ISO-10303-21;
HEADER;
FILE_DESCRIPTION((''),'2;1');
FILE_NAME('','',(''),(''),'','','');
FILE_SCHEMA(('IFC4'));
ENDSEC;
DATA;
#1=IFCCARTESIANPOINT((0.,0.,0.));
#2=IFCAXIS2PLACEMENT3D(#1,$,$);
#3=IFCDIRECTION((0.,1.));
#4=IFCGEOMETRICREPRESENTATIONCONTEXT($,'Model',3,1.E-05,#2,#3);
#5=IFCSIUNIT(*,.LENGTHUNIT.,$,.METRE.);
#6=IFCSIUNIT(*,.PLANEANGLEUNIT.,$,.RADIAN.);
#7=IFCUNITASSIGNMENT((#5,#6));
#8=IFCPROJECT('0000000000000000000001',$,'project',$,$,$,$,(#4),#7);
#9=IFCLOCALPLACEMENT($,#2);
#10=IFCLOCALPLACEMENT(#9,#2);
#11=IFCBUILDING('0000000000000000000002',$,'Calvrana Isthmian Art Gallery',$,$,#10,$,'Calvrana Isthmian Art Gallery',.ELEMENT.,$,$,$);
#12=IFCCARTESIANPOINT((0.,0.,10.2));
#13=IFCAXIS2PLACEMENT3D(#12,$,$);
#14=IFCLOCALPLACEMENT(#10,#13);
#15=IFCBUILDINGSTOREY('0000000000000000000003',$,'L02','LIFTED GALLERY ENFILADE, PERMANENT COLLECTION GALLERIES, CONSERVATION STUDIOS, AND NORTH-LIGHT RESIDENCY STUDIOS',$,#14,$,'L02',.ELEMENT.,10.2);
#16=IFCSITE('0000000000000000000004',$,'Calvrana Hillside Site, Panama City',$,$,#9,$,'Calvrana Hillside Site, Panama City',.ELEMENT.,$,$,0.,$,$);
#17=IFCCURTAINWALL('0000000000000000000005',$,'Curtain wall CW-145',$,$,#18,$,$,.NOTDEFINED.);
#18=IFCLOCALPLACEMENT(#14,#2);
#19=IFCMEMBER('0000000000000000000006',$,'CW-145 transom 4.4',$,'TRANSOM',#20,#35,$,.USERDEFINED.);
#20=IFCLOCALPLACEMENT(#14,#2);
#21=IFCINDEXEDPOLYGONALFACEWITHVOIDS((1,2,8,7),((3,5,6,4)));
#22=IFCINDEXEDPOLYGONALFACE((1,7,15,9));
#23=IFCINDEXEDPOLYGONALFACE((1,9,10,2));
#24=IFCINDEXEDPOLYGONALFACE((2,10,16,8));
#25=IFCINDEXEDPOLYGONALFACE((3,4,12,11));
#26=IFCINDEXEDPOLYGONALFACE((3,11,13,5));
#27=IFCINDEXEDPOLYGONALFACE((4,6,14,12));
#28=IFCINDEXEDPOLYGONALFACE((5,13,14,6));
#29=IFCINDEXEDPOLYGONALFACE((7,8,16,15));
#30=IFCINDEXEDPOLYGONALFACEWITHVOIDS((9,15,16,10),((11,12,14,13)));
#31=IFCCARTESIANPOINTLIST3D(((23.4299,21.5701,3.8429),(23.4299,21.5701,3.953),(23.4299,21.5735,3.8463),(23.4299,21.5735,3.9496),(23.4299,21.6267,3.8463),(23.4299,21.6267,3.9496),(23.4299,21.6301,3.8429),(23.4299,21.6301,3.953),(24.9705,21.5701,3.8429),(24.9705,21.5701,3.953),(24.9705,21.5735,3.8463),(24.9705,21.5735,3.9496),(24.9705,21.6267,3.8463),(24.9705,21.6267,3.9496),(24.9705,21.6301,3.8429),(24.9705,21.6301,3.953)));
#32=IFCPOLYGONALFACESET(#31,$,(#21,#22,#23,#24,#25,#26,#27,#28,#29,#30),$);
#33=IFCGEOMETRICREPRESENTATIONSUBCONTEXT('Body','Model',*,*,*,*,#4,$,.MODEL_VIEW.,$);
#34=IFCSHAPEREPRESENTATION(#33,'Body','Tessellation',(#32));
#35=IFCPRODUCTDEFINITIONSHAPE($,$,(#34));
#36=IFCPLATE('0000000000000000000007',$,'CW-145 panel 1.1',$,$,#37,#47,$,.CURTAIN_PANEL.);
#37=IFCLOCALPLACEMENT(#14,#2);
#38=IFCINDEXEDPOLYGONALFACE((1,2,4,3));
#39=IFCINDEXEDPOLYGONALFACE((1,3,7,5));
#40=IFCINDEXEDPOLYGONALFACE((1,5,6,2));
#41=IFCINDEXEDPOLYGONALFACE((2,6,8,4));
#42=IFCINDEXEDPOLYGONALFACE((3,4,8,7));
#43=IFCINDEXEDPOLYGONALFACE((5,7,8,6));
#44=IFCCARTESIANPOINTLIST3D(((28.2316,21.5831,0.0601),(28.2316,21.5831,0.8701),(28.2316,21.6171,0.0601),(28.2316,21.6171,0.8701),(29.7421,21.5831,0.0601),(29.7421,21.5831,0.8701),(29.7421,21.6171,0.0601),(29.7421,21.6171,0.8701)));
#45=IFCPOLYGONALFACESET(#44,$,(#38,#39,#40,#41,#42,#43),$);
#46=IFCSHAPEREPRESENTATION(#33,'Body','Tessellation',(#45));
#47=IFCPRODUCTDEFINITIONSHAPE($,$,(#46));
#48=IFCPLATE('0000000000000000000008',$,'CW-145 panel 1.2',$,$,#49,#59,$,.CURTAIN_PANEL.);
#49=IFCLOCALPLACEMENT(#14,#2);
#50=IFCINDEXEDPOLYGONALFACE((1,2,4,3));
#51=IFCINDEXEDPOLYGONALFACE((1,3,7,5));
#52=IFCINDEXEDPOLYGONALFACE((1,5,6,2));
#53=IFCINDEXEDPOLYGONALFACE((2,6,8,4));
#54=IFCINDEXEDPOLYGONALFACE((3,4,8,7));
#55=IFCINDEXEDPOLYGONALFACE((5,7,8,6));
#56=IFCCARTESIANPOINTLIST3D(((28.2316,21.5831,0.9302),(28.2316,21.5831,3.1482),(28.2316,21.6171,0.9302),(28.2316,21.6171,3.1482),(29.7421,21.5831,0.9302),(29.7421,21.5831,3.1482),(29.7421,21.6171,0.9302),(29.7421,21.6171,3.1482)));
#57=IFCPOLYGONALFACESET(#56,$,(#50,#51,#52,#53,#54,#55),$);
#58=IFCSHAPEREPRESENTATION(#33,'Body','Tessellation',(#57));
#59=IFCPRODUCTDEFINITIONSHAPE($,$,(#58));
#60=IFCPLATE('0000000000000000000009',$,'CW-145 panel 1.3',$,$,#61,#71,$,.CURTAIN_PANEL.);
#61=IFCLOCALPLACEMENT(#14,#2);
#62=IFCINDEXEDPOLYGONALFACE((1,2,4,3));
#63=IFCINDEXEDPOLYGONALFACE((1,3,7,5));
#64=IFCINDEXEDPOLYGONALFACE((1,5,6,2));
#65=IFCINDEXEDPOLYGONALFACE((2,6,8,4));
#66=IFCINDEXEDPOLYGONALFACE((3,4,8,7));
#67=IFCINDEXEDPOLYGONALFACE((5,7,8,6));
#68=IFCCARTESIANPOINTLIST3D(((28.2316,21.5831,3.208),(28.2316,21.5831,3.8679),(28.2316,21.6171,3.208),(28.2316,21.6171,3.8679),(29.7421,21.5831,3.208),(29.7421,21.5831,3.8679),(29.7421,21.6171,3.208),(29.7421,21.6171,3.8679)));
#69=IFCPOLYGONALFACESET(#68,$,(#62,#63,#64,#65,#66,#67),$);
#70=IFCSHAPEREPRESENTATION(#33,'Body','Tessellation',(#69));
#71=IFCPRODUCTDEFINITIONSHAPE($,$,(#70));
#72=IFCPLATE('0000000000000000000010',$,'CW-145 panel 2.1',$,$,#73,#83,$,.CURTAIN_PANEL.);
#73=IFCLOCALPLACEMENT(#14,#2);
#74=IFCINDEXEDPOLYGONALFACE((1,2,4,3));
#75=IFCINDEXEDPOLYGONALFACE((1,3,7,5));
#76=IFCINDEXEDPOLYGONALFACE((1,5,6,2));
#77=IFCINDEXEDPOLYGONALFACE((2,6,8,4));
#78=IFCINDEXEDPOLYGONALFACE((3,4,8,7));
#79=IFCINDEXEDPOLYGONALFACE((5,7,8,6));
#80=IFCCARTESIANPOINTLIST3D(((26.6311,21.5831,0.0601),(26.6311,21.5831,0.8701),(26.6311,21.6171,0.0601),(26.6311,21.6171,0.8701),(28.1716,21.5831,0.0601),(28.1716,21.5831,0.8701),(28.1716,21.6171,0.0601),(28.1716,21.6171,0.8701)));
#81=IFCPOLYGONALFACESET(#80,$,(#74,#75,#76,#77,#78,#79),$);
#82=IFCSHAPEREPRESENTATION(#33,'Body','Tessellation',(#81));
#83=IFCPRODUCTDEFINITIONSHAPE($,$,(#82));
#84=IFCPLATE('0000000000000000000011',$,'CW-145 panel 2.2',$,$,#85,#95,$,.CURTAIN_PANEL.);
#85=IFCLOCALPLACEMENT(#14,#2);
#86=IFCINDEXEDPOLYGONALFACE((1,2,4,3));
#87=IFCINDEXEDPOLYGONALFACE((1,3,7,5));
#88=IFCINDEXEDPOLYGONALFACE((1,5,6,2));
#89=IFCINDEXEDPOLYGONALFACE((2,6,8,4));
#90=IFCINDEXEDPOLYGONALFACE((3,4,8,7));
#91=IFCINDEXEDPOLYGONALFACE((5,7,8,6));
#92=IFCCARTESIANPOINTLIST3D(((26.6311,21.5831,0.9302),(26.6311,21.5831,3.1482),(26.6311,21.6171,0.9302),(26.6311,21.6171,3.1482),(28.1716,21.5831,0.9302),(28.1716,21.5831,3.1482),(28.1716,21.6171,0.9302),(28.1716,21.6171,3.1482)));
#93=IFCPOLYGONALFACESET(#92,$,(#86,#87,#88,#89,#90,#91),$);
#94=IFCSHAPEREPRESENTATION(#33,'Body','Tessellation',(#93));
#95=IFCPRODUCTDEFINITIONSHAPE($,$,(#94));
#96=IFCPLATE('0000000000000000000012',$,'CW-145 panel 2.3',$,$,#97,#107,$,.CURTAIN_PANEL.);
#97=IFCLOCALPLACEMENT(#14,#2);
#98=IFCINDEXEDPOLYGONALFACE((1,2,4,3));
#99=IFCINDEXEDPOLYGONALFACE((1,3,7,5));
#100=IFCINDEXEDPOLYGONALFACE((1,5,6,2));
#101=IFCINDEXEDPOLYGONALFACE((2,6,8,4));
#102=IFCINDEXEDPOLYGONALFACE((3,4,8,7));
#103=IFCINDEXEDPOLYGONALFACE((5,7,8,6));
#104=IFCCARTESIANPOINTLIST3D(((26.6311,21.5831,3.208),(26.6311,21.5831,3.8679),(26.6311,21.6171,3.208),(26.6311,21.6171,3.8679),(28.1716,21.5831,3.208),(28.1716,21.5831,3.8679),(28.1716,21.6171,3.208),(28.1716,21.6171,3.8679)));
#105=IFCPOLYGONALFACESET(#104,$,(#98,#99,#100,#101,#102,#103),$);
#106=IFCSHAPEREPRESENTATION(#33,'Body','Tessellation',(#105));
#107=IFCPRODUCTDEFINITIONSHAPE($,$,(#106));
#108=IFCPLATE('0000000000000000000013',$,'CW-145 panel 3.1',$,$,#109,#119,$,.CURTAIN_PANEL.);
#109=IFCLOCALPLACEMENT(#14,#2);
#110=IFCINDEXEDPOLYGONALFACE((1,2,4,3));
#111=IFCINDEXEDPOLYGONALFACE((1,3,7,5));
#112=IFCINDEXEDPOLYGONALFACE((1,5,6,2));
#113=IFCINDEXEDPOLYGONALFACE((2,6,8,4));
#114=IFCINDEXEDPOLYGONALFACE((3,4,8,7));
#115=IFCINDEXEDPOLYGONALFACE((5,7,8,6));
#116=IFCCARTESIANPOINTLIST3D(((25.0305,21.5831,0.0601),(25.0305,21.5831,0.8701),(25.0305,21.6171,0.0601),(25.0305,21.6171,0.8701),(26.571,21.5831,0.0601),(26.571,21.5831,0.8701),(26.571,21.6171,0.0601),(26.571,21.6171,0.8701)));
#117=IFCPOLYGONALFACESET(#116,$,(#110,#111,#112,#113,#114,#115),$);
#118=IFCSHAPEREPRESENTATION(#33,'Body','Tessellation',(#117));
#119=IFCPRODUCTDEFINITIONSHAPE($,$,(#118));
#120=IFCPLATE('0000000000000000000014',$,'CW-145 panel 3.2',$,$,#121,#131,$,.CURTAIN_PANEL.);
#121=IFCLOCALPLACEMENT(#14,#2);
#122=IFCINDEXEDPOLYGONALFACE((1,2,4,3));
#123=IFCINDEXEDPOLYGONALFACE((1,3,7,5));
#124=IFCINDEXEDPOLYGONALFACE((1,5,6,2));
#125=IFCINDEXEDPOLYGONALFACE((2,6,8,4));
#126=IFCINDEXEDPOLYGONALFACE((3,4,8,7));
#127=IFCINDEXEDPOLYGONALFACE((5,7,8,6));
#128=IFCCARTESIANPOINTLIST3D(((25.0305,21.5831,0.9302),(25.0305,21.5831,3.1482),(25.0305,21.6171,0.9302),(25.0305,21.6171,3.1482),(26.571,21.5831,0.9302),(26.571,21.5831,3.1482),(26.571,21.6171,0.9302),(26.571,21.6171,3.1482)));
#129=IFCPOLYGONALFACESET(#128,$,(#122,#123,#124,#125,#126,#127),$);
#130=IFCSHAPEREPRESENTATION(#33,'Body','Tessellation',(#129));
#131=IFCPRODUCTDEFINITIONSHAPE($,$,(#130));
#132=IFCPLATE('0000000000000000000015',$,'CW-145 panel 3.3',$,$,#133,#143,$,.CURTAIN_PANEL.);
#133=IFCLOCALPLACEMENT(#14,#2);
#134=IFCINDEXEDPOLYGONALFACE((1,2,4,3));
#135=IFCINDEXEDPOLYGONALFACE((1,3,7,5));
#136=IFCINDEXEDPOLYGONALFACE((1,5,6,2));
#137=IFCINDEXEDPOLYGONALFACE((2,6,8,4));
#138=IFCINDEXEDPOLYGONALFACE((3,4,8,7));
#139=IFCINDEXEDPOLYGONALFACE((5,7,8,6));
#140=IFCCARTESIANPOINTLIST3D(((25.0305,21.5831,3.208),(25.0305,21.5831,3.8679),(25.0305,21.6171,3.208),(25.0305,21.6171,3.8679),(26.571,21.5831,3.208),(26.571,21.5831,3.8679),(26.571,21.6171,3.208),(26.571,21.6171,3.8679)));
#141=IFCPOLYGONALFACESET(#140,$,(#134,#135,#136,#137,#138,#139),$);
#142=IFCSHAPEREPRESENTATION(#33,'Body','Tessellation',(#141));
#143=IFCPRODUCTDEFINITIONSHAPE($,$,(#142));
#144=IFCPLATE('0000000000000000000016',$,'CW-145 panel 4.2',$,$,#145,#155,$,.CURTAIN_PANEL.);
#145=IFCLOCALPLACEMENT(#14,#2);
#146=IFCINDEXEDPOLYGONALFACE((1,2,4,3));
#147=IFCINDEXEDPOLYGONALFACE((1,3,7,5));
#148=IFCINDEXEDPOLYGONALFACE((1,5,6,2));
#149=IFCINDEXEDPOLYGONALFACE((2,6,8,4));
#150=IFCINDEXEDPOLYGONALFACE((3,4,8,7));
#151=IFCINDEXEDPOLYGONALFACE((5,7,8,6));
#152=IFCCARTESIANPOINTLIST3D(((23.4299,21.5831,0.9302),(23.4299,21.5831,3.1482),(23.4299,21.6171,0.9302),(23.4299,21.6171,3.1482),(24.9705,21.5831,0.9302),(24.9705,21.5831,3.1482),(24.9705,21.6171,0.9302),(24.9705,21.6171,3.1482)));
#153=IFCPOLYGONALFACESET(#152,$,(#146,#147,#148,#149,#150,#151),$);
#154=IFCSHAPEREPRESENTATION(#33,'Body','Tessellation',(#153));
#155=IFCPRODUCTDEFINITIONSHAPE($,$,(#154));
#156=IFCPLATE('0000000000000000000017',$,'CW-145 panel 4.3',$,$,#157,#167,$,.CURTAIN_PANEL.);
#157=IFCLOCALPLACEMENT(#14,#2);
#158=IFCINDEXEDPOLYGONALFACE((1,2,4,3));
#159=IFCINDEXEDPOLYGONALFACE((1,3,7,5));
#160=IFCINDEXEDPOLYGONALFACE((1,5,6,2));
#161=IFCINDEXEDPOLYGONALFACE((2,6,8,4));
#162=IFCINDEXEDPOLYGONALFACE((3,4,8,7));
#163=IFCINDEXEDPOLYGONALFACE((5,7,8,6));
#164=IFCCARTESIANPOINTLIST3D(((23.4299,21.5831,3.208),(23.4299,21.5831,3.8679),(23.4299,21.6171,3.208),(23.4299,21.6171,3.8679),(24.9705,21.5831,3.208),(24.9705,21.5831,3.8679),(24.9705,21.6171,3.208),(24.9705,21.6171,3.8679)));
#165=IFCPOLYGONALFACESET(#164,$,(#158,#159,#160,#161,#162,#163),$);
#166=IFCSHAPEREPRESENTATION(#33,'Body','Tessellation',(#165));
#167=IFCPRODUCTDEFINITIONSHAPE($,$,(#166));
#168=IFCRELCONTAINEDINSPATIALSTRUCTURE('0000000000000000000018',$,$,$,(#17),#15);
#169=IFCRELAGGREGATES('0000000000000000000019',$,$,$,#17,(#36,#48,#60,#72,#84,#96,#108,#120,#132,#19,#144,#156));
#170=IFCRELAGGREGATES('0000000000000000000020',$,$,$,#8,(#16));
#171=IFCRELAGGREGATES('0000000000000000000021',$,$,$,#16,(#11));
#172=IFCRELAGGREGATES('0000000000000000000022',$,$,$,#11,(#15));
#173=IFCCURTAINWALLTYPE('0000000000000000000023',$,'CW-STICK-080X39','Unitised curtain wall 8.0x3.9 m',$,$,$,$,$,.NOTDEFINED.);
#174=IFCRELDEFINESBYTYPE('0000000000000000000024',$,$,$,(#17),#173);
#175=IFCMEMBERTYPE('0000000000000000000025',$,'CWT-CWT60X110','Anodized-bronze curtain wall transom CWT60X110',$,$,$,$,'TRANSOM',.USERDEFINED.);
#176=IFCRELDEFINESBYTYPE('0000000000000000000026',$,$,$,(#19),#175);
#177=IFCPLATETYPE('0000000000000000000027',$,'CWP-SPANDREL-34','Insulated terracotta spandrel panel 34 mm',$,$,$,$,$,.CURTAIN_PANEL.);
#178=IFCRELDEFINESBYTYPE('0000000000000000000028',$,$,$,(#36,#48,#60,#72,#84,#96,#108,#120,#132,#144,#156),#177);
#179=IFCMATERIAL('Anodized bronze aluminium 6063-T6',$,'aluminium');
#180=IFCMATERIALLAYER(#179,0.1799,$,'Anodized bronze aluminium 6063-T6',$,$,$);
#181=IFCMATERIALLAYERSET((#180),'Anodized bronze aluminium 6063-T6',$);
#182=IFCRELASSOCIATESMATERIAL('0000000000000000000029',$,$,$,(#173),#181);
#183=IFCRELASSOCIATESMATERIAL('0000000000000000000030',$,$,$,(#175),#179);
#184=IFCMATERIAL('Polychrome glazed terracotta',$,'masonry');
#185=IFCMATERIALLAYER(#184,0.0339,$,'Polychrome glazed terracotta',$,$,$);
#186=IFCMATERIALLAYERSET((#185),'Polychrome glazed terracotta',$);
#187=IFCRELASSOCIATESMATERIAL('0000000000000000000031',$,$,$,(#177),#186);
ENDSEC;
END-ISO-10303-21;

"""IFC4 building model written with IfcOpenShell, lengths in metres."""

from ifc_helpers import new_model, si_unit, direction, frame, origin, origin_2d, place, context, subcontext, project, spatial, rectangle, hollow_rectangle, extrude, material, layer, layer_set, material_profile, profile_set, type_object, element, aggregate, save


model = new_model("IFC4")

# Units and contexts
model_context = context("Model", 3, precision=1e-05, world=origin(), true_north=direction((0.0, 1.0)))
body_context = subcontext(model_context, "Body", "Model", "MODEL_VIEW")
ifc_project = project(units=[si_unit("LENGTHUNIT", "METRE"), si_unit("PLANEANGLEUNIT", "RADIAN")], contexts=[model_context])

# Site, building, storey
site_placement = place(None, origin())
site = spatial("IfcSite", under=ifc_project, at=site_placement, Name="Calvrana Hillside Site, Panama City", LongName="Calvrana Hillside Site, Panama City", CompositionType="ELEMENT", RefElevation=0.0)
building_placement = place(site_placement, origin())
building = spatial("IfcBuilding", under=site, at=building_placement, Name="Calvrana Isthmian Art Gallery", LongName="Calvrana Isthmian Art Gallery", CompositionType="ELEMENT")
storey_placement = place(building_placement, frame((0.0, 0.0, 10.2)))
storey = spatial("IfcBuildingStorey", under=building, at=storey_placement, Name="L02", Description="LIFTED GALLERY ENFILADE, PERMANENT COLLECTION GALLERIES, CONSERVATION STUDIOS, AND NORTH-LIGHT RESIDENCY STUDIOS", LongName="L02", CompositionType="ELEMENT", Elevation=10.2)

# Curtain wall, member, plates
ifc_material_1 = material(Name="Anodized bronze aluminium 6063-T6", Category="aluminium")
ifc_layer_1 = layer(ifc_material_1, 0.1799, Name="Anodized bronze aluminium 6063-T6")
ifc_layer_set_1 = layer_set([ifc_layer_1], Name="Anodized bronze aluminium 6063-T6")
curtain_wall_type = type_object("IfcCurtainWallType", Name="CW-STICK-080X39", Description="Unitised curtain wall 8.0x3.9 m", PredefinedType="NOTDEFINED", material=ifc_layer_set_1)
curtain_wall_placement = place(storey_placement, origin())
curtain_wall = element("IfcCurtainWall", 1, at=curtain_wall_placement, inside=storey, type_object=curtain_wall_type, Name="Curtain wall CW-145", PredefinedType="NOTDEFINED")
ifc_material_profile = material_profile(ifc_material_1, hollow_rectangle(XDim=0.0601, YDim=0.1101, WallThickness=0.0034, at=origin_2d()), Name="CWT60X110")
ifc_profile_set = profile_set([ifc_material_profile], Name="Anodized bronze aluminium 6063-T6")
member_type = type_object("IfcMemberType", Name="CWT-CWT60X110", Description="Anodized-bronze curtain wall transom CWT60X110", ElementType="TRANSOM", PredefinedType="USERDEFINED", material=ifc_profile_set)
member_1_placement = place(storey_placement, frame((24.9705, 21.6001, 3.8979), z_axis=(-1.0, 0.0, 0.0), x_axis=(0.0, -1.0, 0.0)))
member_1 = element("IfcMember", 2, at=member_1_placement, type_object=member_type, Name="CW-145 transom 4.4", ObjectType="TRANSOM", PredefinedType="USERDEFINED", context=body_context, shape_type="SweptSolid", body=[
    extrude(hollow_rectangle(XDim=0.0601, YDim=0.1101, WallThickness=0.0034, at=origin_2d()), origin(), (0.0, 0.0, 1.0), 1.5405),
])
ifc_material_2 = material(Name="Polychrome glazed terracotta", Category="masonry")
ifc_layer_2 = layer(ifc_material_2, 0.0339, Name="Polychrome glazed terracotta")
ifc_layer_set_2 = layer_set([ifc_layer_2], Name="Polychrome glazed terracotta")
plate_type = type_object("IfcPlateType", Name="CWP-SPANDREL-34", Description="Insulated terracotta spandrel panel 34 mm", PredefinedType="CURTAIN_PANEL", material=ifc_layer_set_2)
plate_1_placement = place(storey_placement, frame((28.9868, 21.6001, 0.0601), z_axis=(0.0, 0.0, 1.0), x_axis=(-1.0, 0.0, 0.0)))
plate_1 = element("IfcPlate", 3, at=plate_1_placement, type_object=plate_type, Name="CW-145 panel 1.1", PredefinedType="CURTAIN_PANEL", context=body_context, shape_type="SweptSolid", body=[
    extrude(rectangle(XDim=1.5105, YDim=0.0339, at=origin_2d()), origin(), (0.0, 0.0, 1.0), 0.8101),
])
plate_2_placement = place(storey_placement, frame((28.9868, 21.6001, 0.9302), z_axis=(0.0, 0.0, 1.0), x_axis=(-1.0, 0.0, 0.0)))
plate_2 = element("IfcPlate", 4, at=plate_2_placement, type_object=plate_type, Name="CW-145 panel 1.2", PredefinedType="CURTAIN_PANEL", context=body_context, shape_type="SweptSolid", body=[
    extrude(rectangle(XDim=1.5105, YDim=0.0339, at=origin_2d()), origin(), (0.0, 0.0, 1.0), 2.218),
])
plate_3_placement = place(storey_placement, frame((28.9868, 21.6001, 3.208), z_axis=(0.0, 0.0, 1.0), x_axis=(-1.0, 0.0, 0.0)))
plate_3 = element("IfcPlate", 5, at=plate_3_placement, type_object=plate_type, Name="CW-145 panel 1.3", PredefinedType="CURTAIN_PANEL", context=body_context, shape_type="SweptSolid", body=[
    extrude(rectangle(XDim=1.5105, YDim=0.0339, at=origin_2d()), origin(), (0.0, 0.0, 1.0), 0.6599),
])
plate_4_placement = place(storey_placement, frame((27.4014, 21.6001, 0.0601), z_axis=(0.0, 0.0, 1.0), x_axis=(-1.0, 0.0, 0.0)))
plate_4 = element("IfcPlate", 6, at=plate_4_placement, type_object=plate_type, Name="CW-145 panel 2.1", PredefinedType="CURTAIN_PANEL", context=body_context, shape_type="SweptSolid", body=[
    extrude(rectangle(XDim=1.5405, YDim=0.0339, at=origin_2d()), origin(), (0.0, 0.0, 1.0), 0.8101),
])
plate_5_placement = place(storey_placement, frame((27.4014, 21.6001, 0.9302), z_axis=(0.0, 0.0, 1.0), x_axis=(-1.0, 0.0, 0.0)))
plate_5 = element("IfcPlate", 7, at=plate_5_placement, type_object=plate_type, Name="CW-145 panel 2.2", PredefinedType="CURTAIN_PANEL", context=body_context, shape_type="SweptSolid", body=[
    extrude(rectangle(XDim=1.5405, YDim=0.0339, at=origin_2d()), origin(), (0.0, 0.0, 1.0), 2.218),
])
plate_6_placement = place(storey_placement, frame((27.4014, 21.6001, 3.208), z_axis=(0.0, 0.0, 1.0), x_axis=(-1.0, 0.0, 0.0)))
plate_6 = element("IfcPlate", 8, at=plate_6_placement, type_object=plate_type, Name="CW-145 panel 2.3", PredefinedType="CURTAIN_PANEL", context=body_context, shape_type="SweptSolid", body=[
    extrude(rectangle(XDim=1.5405, YDim=0.0339, at=origin_2d()), origin(), (0.0, 0.0, 1.0), 0.6599),
])
plate_7_placement = place(storey_placement, frame((25.8008, 21.6001, 0.0601), z_axis=(0.0, 0.0, 1.0), x_axis=(-1.0, 0.0, 0.0)))
plate_7 = element("IfcPlate", 9, at=plate_7_placement, type_object=plate_type, Name="CW-145 panel 3.1", PredefinedType="CURTAIN_PANEL", context=body_context, shape_type="SweptSolid", body=[
    extrude(rectangle(XDim=1.5405, YDim=0.0339, at=origin_2d()), origin(), (0.0, 0.0, 1.0), 0.8101),
])
plate_8_placement = place(storey_placement, frame((25.8008, 21.6001, 0.9302), z_axis=(0.0, 0.0, 1.0), x_axis=(-1.0, 0.0, 0.0)))
plate_8 = element("IfcPlate", 10, at=plate_8_placement, type_object=plate_type, Name="CW-145 panel 3.2", PredefinedType="CURTAIN_PANEL", context=body_context, shape_type="SweptSolid", body=[
    extrude(rectangle(XDim=1.5405, YDim=0.0339, at=origin_2d()), origin(), (0.0, 0.0, 1.0), 2.218),
])
plate_9_placement = place(storey_placement, frame((25.8008, 21.6001, 3.208), z_axis=(0.0, 0.0, 1.0), x_axis=(-1.0, 0.0, 0.0)))
plate_9 = element("IfcPlate", 11, at=plate_9_placement, type_object=plate_type, Name="CW-145 panel 3.3", PredefinedType="CURTAIN_PANEL", context=body_context, shape_type="SweptSolid", body=[
    extrude(rectangle(XDim=1.5405, YDim=0.0339, at=origin_2d()), origin(), (0.0, 0.0, 1.0), 0.6599),
])
plate_10_placement = place(storey_placement, frame((24.2002, 21.6001, 0.9302), z_axis=(0.0, 0.0, 1.0), x_axis=(-1.0, 0.0, 0.0)))
plate_10 = element("IfcPlate", 12, at=plate_10_placement, type_object=plate_type, Name="CW-145 panel 4.2", PredefinedType="CURTAIN_PANEL", context=body_context, shape_type="SweptSolid", body=[
    extrude(rectangle(XDim=1.5405, YDim=0.0339, at=origin_2d()), origin(), (0.0, 0.0, 1.0), 2.218),
])
plate_11_placement = place(storey_placement, frame((24.2002, 21.6001, 3.208), z_axis=(0.0, 0.0, 1.0), x_axis=(-1.0, 0.0, 0.0)))
plate_11 = element("IfcPlate", 13, at=plate_11_placement, type_object=plate_type, Name="CW-145 panel 4.3", PredefinedType="CURTAIN_PANEL", context=body_context, shape_type="SweptSolid", body=[
    extrude(rectangle(XDim=1.5405, YDim=0.0339, at=origin_2d()), origin(), (0.0, 0.0, 1.0), 0.6599),
])
aggregate(curtain_wall, [plate_1, plate_2, plate_3, plate_4, plate_5, plate_6, plate_7, plate_8, plate_9, member_1, plate_10, plate_11])

save(model, "model.ifc")
